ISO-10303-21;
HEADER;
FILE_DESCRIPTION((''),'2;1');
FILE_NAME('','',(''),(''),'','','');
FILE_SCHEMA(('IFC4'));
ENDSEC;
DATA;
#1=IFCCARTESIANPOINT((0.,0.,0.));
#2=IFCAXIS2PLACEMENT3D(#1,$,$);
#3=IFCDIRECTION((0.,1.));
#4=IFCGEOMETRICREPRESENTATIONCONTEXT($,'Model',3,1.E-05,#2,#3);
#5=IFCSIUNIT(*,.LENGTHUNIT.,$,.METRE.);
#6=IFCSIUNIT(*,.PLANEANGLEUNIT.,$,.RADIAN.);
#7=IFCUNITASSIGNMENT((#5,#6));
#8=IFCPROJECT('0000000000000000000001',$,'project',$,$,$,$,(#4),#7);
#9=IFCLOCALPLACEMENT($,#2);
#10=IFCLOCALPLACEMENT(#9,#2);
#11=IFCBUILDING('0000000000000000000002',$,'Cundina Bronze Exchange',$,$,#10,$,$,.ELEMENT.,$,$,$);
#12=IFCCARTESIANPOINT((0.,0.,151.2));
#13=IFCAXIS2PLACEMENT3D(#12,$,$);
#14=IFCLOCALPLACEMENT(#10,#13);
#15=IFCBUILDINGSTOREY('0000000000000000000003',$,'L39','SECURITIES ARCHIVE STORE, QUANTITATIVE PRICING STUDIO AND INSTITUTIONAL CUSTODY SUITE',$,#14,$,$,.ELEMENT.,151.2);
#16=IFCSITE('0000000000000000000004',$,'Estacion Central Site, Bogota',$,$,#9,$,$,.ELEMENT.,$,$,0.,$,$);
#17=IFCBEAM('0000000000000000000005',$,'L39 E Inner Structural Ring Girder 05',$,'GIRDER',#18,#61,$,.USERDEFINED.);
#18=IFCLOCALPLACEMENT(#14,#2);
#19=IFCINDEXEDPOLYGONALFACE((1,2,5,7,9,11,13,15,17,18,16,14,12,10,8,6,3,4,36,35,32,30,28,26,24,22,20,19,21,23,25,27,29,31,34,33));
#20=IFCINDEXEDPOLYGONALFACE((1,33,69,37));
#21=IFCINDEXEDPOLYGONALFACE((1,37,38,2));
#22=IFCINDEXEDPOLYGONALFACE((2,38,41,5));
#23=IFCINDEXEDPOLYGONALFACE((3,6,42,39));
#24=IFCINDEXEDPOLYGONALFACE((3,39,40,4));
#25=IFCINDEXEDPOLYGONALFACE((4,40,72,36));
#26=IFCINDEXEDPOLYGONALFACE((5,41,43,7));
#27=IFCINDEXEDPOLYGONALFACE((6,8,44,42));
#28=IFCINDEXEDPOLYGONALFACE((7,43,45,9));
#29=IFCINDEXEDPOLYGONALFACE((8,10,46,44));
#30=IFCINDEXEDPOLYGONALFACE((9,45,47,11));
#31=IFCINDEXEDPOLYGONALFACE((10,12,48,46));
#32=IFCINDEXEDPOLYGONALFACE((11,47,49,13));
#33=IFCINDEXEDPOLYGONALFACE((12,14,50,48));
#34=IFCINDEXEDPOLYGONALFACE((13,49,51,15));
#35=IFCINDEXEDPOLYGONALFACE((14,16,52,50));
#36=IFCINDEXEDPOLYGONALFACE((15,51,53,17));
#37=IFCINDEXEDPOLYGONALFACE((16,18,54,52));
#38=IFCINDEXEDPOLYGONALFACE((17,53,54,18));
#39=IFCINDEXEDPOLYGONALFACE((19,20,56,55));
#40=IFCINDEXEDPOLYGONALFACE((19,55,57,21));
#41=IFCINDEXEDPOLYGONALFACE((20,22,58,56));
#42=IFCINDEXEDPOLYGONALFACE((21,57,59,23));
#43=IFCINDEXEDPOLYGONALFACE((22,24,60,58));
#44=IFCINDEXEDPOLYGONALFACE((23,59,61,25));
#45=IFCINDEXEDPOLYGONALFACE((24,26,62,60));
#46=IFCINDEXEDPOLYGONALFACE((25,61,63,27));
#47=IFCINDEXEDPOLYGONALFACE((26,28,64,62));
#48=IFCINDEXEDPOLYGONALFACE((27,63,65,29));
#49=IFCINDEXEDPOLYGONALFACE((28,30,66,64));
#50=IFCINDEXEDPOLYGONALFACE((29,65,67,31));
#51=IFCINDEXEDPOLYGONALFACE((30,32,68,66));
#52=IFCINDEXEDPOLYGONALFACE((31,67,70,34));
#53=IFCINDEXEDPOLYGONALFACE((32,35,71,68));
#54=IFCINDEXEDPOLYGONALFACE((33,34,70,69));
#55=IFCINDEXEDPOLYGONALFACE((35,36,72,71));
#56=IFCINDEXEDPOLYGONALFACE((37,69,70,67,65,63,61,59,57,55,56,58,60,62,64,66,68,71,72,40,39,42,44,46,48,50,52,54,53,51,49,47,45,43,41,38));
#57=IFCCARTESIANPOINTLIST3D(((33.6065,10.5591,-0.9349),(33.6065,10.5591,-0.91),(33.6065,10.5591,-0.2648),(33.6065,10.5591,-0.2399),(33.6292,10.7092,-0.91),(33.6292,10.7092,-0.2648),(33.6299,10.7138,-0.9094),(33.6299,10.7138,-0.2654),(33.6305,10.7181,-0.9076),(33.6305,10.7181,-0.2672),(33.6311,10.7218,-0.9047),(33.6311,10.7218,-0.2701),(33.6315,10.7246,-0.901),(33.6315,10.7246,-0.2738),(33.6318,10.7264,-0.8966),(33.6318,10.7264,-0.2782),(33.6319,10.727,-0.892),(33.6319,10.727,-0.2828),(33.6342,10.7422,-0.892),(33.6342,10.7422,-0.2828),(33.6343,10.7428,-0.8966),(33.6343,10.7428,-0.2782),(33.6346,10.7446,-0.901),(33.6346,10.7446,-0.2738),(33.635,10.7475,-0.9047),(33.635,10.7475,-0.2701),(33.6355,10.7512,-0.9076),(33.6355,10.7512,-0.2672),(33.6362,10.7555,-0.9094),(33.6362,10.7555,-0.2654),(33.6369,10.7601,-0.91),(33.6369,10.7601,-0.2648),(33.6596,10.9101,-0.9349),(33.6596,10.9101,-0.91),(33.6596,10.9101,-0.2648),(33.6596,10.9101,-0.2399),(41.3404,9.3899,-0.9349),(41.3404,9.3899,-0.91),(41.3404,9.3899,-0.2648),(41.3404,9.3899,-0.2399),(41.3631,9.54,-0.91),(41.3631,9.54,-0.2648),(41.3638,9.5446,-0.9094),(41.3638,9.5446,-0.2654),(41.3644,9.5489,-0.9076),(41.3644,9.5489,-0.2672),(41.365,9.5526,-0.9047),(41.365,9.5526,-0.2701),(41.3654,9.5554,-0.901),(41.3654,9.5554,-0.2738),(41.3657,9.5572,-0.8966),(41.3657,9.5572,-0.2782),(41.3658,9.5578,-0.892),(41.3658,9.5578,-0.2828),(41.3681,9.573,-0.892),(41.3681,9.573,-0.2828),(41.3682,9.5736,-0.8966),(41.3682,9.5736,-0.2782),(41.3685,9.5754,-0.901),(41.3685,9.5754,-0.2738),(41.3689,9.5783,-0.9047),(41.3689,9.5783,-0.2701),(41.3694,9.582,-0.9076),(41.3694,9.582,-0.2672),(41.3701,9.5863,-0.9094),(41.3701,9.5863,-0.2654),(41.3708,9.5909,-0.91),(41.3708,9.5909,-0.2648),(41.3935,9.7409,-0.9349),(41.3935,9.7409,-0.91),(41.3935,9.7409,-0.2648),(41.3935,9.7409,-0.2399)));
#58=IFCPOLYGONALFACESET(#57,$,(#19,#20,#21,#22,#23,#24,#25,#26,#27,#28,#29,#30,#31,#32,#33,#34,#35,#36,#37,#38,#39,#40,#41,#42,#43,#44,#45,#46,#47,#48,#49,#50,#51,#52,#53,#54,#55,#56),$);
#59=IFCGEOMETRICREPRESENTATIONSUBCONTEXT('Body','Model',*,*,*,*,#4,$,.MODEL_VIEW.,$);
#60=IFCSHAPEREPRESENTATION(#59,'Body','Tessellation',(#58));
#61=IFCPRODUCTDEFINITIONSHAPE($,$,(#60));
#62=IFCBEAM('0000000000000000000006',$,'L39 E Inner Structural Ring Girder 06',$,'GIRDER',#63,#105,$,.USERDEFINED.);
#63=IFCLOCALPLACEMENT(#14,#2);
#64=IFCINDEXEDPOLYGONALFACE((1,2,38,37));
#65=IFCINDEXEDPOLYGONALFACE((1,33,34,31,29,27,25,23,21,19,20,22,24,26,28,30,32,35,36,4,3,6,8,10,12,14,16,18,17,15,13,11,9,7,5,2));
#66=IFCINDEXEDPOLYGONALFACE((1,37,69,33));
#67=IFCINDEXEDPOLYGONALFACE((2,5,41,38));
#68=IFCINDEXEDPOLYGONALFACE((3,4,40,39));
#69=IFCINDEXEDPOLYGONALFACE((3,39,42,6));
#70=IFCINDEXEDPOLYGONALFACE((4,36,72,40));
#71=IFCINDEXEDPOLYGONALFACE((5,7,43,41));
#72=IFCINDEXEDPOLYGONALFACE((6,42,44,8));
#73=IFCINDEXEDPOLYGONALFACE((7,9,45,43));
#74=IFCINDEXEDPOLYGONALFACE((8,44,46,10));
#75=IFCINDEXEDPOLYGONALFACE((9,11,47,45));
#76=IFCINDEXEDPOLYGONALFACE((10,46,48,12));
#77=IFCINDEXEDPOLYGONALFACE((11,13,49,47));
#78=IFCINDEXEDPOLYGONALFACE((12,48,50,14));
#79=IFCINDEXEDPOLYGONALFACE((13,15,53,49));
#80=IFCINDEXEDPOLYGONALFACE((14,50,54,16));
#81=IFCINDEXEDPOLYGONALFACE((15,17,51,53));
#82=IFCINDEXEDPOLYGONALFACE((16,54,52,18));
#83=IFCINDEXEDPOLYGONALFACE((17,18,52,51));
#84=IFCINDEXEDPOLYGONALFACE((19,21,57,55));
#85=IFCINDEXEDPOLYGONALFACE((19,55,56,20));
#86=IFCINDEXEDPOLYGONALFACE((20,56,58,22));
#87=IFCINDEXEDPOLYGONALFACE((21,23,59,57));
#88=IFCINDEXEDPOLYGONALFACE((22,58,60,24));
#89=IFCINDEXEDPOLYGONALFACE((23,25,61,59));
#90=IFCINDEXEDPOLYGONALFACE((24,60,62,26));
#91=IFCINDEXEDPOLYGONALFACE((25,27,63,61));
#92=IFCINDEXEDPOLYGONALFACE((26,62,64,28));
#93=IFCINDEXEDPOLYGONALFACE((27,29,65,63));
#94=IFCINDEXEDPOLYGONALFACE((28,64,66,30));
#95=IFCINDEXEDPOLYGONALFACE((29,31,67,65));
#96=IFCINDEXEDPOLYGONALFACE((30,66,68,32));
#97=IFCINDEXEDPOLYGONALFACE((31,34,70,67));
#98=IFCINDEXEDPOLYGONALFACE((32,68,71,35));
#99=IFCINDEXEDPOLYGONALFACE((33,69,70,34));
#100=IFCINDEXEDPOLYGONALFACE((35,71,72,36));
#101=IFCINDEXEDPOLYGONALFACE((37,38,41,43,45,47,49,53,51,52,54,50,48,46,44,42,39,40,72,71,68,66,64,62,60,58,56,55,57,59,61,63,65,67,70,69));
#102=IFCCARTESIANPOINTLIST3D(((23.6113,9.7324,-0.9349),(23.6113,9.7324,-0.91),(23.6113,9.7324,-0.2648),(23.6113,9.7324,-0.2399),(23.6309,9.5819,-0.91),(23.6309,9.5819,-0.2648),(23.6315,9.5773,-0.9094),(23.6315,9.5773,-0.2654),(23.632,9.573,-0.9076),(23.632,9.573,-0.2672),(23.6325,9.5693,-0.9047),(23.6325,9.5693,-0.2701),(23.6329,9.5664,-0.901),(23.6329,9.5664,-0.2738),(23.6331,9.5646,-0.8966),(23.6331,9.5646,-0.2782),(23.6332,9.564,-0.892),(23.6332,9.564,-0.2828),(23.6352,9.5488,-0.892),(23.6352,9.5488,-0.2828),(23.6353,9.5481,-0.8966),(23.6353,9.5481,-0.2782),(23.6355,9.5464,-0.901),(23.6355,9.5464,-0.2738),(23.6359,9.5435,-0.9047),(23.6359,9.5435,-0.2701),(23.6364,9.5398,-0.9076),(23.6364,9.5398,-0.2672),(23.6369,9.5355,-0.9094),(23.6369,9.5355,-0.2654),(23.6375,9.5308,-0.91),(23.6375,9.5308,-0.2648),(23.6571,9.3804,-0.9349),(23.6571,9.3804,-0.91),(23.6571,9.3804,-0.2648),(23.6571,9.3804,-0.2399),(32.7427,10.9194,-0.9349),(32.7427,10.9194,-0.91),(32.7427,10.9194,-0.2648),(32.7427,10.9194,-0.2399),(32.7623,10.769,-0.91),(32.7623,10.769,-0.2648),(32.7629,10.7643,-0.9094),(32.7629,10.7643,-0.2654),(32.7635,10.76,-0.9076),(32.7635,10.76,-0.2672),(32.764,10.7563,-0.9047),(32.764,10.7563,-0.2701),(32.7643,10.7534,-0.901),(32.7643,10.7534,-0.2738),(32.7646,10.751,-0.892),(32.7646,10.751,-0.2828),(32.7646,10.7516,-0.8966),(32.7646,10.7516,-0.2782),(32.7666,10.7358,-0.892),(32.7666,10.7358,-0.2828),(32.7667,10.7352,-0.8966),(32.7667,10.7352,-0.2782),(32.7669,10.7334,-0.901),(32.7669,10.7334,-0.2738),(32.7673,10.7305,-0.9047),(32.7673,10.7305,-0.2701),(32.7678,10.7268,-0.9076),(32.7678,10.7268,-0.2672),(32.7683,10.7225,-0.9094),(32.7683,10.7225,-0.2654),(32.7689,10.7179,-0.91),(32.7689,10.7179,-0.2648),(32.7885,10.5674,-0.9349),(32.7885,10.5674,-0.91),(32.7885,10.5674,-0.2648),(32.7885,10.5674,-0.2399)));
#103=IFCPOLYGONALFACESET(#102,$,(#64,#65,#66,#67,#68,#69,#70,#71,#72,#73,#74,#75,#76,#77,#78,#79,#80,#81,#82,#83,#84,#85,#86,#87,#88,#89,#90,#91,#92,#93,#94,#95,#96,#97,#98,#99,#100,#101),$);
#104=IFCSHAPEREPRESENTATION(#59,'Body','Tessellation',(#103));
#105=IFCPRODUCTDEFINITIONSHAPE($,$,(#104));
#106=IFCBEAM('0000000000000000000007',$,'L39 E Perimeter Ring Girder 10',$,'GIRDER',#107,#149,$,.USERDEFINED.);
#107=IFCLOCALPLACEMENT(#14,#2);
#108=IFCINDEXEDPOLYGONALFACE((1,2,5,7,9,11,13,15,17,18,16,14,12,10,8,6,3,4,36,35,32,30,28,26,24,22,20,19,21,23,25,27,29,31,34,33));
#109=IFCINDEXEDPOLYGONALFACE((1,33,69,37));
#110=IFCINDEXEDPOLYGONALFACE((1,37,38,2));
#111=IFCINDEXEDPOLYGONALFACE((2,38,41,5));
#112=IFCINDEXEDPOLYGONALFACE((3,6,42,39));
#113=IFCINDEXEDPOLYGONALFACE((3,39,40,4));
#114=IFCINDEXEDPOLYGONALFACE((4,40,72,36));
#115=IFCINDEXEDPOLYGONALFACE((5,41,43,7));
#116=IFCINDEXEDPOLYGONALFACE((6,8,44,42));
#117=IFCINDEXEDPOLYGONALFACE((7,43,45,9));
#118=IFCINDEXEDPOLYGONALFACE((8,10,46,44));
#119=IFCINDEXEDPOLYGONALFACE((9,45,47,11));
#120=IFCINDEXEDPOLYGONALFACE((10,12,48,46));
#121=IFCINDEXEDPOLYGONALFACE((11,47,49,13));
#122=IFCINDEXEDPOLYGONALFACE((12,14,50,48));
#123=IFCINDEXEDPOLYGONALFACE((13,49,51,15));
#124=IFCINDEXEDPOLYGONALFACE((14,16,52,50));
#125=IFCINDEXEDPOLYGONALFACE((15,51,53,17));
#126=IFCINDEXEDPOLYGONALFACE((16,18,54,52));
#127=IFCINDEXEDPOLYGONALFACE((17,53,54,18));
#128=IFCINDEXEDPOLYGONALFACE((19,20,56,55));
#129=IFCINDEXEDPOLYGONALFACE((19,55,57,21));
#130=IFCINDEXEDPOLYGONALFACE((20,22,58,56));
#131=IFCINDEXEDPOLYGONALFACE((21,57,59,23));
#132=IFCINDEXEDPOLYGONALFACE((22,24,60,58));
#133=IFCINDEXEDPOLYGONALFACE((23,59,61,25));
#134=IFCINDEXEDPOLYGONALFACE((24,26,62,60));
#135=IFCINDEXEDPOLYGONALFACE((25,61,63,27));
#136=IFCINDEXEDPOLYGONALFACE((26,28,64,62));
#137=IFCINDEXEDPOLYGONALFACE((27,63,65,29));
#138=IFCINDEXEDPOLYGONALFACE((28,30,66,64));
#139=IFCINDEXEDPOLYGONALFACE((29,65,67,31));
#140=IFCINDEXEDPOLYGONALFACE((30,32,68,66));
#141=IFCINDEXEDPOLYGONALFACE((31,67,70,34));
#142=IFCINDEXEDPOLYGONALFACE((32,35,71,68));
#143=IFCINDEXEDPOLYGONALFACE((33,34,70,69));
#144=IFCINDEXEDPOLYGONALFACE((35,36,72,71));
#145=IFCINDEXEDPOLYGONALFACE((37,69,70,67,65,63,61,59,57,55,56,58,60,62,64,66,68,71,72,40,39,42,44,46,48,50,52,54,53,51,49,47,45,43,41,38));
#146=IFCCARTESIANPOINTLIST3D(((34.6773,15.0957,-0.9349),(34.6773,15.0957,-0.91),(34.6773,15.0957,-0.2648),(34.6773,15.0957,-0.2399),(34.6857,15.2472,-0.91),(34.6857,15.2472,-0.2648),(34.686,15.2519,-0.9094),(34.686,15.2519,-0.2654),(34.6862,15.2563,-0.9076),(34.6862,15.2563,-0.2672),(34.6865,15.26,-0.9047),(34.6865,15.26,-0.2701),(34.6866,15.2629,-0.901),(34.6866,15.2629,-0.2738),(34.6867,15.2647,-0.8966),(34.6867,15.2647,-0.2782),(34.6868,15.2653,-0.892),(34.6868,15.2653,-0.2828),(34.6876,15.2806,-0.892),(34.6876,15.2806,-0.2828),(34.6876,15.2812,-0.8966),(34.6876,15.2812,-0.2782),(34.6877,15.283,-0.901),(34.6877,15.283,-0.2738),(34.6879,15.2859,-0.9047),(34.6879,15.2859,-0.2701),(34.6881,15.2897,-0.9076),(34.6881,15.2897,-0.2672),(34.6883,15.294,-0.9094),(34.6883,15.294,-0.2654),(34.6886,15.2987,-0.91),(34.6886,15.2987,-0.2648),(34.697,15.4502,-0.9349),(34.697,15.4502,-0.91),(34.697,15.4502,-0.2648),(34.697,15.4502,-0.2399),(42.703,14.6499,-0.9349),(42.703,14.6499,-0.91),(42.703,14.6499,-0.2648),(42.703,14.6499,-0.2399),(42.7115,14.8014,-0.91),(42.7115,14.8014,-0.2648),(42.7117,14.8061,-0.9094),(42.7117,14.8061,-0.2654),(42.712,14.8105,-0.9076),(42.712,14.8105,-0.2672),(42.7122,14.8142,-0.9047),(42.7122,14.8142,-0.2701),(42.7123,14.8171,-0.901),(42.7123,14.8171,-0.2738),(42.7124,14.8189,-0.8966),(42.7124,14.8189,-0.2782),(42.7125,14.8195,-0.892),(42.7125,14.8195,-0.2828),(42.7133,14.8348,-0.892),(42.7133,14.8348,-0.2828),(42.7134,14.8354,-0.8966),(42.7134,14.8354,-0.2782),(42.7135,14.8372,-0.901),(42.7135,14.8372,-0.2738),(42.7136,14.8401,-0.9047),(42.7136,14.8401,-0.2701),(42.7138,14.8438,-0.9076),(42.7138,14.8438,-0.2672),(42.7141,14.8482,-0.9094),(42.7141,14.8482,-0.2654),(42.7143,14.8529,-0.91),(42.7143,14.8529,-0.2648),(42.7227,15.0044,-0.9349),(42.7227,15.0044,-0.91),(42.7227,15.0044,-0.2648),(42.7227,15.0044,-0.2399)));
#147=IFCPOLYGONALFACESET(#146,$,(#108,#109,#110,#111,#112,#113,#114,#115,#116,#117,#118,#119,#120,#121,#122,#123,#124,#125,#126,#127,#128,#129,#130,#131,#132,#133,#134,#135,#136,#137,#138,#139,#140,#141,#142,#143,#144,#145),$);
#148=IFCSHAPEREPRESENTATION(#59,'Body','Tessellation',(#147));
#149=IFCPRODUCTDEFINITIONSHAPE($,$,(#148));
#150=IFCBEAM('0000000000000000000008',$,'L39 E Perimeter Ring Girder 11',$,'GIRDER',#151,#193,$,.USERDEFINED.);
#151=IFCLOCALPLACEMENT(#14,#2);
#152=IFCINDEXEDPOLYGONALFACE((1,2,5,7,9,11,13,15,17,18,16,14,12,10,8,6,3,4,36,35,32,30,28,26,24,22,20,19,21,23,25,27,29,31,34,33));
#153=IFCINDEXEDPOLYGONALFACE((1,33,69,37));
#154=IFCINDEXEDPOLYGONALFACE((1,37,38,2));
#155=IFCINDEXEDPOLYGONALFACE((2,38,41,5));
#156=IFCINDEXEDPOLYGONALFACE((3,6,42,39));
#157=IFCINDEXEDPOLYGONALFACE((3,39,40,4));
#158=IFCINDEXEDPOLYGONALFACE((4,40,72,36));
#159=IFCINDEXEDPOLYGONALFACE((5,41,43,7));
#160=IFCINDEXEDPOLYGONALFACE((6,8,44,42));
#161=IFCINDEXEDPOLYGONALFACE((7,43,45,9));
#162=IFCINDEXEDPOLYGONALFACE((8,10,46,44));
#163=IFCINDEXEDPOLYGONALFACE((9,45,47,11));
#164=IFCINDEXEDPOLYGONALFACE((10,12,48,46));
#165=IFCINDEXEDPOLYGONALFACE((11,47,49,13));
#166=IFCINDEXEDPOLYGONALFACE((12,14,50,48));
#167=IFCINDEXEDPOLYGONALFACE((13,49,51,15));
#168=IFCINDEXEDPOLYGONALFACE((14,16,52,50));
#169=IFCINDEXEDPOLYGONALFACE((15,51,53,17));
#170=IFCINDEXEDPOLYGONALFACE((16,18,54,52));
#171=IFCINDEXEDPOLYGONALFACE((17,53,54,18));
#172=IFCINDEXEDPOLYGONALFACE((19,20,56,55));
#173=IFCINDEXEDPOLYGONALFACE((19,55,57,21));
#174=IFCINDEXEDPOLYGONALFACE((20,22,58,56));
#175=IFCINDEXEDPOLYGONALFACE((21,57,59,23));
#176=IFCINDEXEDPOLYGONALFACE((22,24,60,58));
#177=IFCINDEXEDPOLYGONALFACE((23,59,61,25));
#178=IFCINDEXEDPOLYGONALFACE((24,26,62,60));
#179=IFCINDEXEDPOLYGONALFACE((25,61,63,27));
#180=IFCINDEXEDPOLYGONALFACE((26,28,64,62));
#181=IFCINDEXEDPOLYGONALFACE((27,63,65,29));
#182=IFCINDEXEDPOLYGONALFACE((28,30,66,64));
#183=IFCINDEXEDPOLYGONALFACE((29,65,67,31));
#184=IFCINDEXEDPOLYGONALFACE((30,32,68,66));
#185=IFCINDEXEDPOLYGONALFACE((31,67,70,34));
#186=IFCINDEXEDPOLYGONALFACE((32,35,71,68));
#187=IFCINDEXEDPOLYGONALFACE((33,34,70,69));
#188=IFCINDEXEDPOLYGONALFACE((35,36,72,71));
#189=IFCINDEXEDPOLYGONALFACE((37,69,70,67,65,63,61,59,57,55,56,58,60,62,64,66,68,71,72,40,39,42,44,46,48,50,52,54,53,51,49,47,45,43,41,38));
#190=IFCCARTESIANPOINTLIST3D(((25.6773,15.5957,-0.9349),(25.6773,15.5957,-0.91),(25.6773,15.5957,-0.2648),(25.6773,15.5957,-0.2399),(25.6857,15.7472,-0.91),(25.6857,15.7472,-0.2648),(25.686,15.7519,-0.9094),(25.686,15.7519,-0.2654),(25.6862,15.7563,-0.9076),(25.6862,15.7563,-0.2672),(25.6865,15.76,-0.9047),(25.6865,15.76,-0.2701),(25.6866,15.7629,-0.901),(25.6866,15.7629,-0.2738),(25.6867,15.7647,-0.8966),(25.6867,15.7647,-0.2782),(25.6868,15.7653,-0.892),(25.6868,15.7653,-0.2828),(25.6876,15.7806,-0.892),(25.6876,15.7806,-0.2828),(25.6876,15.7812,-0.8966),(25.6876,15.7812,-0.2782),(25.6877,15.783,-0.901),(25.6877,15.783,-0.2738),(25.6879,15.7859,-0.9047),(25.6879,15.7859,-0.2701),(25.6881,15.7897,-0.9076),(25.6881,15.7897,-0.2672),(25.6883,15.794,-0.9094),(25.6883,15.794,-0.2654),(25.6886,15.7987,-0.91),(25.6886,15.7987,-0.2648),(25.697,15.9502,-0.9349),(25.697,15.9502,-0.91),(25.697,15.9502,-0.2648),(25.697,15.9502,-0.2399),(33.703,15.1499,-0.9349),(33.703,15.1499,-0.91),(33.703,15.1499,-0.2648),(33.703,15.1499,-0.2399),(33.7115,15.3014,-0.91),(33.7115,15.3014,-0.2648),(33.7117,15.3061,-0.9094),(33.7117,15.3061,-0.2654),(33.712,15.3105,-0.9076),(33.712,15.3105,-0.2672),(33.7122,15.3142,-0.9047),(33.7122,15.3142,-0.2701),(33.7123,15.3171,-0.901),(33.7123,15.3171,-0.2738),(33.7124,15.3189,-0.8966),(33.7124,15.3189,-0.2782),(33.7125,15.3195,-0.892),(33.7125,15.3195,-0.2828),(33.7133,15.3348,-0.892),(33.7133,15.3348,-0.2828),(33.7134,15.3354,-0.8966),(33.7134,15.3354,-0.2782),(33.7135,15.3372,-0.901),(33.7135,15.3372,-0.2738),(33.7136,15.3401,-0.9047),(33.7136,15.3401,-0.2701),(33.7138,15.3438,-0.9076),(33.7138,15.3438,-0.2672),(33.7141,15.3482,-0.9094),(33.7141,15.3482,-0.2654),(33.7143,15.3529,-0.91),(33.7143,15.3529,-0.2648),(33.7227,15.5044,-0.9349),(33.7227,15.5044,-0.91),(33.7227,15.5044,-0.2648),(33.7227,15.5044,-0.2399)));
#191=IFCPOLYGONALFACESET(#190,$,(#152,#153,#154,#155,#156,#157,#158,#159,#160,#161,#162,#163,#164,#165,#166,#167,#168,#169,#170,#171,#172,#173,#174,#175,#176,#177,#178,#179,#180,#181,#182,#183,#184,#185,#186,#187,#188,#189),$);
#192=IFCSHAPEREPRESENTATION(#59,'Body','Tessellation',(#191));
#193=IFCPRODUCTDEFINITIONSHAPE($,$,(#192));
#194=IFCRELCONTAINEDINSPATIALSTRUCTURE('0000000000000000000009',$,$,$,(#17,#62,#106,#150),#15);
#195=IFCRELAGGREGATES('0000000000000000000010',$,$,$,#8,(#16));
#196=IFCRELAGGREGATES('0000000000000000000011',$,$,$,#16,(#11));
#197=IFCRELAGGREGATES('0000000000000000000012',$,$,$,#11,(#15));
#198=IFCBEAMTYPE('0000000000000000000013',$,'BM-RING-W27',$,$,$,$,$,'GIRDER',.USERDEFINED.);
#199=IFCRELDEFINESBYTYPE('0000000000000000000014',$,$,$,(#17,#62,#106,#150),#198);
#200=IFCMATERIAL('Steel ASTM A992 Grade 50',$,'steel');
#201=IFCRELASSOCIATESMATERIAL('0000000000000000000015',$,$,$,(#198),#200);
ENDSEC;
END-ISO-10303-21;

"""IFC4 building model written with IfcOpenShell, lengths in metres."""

from ifc_helpers import new_model, si_unit, direction, frame, origin, origin_2d, place, context, subcontext, project, spatial, i_section, extrude, material, material_profile, profile_set, type_object, element, save


model = new_model("IFC4")

# Units and contexts
model_context = context("Model", 3, precision=1e-05, world=origin(), true_north=direction((0.0, 1.0)))
body_context = subcontext(model_context, "Body", "Model", "MODEL_VIEW")
ifc_project = project(units=[si_unit("LENGTHUNIT", "METRE"), si_unit("PLANEANGLEUNIT", "RADIAN")], contexts=[model_context])

# Site, building, storey
site_placement = place(None, origin())
site = spatial("IfcSite", under=ifc_project, at=site_placement, Name="Estacion Central Site, Bogota", CompositionType="ELEMENT", RefElevation=0.0)
building_placement = place(site_placement, origin())
building = spatial("IfcBuilding", under=site, at=building_placement, Name="Cundina Bronze Exchange", CompositionType="ELEMENT")
storey_placement = place(building_placement, frame((0.0, 0.0, 151.2)))
storey = spatial("IfcBuildingStorey", under=building, at=storey_placement, Name="L39", Description="SECURITIES ARCHIVE STORE, QUANTITATIVE PRICING STUDIO AND INSTITUTIONAL CUSTODY SUITE", CompositionType="ELEMENT", Elevation=151.2)

# Beams
ifc_material_1 = material(Name="Steel ASTM A992 Grade 50", Category="steel")
ifc_material_profile_1 = material_profile(ifc_material_1, i_section(OverallWidth=0.355, OverallDepth=0.6951, WebThickness=0.0154, FlangeThickness=0.0249, FilletRadius=0.0181, at=origin_2d()), Name="W27X146", Category="steel")
ifc_profile_set_1 = profile_set([ifc_material_profile_1], Name="Steel ASTM A992 Grade 50")
beam_type_1 = type_object("IfcBeamType", Name="BM-RING-W27", ElementType="GIRDER", PredefinedType="USERDEFINED", material=ifc_profile_set_1)
beam_1_placement = place(storey_placement, frame((41.3669, 9.5654, -0.5874), z_axis=(-0.988765, 0.149479, 0.0), x_axis=(-0.149479, -0.988765, 0.0)))
element("IfcBeam", 1, at=beam_1_placement, inside=storey, type_object=beam_type_1, Name="L39 E Inner Structural Ring Girder 05", ObjectType="GIRDER", PredefinedType="USERDEFINED", context=body_context, shape_type="SweptSolid", body=[
    extrude(i_section(OverallWidth=0.355, OverallDepth=0.6951, WebThickness=0.0154, FlangeThickness=0.0249, FilletRadius=0.0181, at=origin_2d()), origin(), (0.0, 0.0, 1.0), 7.8218),
])
beam_2_placement = place(storey_placement, frame((32.7656, 10.7434, -0.5874), z_axis=(-0.991656, -0.128908, 0.0), x_axis=(0.128908, -0.991656, 0.0)))
element("IfcBeam", 2, at=beam_2_placement, inside=storey, type_object=beam_type_1, Name="L39 E Inner Structural Ring Girder 06", ObjectType="GIRDER", PredefinedType="USERDEFINED", context=body_context, shape_type="SweptSolid", body=[
    extrude(i_section(OverallWidth=0.355, OverallDepth=0.6951, WebThickness=0.0154, FlangeThickness=0.0249, FilletRadius=0.0181, at=origin_2d()), origin(), (0.0, 0.0, 1.0), 9.2083),
])
for number, where, z_axis, x_axis, name in (
    (3, (42.7129, 14.8271, -0.5874), (-0.998461, 0.055462, 0.0), (-0.055462, -0.998461, 0.0), "L39 E Perimeter Ring Girder 10"),
    (4, (33.7129, 15.3271, -0.5874), (-0.998461, 0.055462, 0.0), (-0.055462, -0.998461, 0.0), "L39 E Perimeter Ring Girder 11"),
):
    element("IfcBeam", number, at=place(storey_placement, frame(where, z_axis=z_axis, x_axis=x_axis)), inside=storey, type_object=beam_type_1, Name=name, ObjectType="GIRDER", PredefinedType="USERDEFINED", context=body_context, shape_type="SweptSolid", body=[
        extrude(i_section(OverallWidth=0.355, OverallDepth=0.6951, WebThickness=0.0154, FlangeThickness=0.0249, FilletRadius=0.0181, at=origin_2d()), origin(), (0.0, 0.0, 1.0), 8.0381),
    ])

save(model, "model.ifc")
